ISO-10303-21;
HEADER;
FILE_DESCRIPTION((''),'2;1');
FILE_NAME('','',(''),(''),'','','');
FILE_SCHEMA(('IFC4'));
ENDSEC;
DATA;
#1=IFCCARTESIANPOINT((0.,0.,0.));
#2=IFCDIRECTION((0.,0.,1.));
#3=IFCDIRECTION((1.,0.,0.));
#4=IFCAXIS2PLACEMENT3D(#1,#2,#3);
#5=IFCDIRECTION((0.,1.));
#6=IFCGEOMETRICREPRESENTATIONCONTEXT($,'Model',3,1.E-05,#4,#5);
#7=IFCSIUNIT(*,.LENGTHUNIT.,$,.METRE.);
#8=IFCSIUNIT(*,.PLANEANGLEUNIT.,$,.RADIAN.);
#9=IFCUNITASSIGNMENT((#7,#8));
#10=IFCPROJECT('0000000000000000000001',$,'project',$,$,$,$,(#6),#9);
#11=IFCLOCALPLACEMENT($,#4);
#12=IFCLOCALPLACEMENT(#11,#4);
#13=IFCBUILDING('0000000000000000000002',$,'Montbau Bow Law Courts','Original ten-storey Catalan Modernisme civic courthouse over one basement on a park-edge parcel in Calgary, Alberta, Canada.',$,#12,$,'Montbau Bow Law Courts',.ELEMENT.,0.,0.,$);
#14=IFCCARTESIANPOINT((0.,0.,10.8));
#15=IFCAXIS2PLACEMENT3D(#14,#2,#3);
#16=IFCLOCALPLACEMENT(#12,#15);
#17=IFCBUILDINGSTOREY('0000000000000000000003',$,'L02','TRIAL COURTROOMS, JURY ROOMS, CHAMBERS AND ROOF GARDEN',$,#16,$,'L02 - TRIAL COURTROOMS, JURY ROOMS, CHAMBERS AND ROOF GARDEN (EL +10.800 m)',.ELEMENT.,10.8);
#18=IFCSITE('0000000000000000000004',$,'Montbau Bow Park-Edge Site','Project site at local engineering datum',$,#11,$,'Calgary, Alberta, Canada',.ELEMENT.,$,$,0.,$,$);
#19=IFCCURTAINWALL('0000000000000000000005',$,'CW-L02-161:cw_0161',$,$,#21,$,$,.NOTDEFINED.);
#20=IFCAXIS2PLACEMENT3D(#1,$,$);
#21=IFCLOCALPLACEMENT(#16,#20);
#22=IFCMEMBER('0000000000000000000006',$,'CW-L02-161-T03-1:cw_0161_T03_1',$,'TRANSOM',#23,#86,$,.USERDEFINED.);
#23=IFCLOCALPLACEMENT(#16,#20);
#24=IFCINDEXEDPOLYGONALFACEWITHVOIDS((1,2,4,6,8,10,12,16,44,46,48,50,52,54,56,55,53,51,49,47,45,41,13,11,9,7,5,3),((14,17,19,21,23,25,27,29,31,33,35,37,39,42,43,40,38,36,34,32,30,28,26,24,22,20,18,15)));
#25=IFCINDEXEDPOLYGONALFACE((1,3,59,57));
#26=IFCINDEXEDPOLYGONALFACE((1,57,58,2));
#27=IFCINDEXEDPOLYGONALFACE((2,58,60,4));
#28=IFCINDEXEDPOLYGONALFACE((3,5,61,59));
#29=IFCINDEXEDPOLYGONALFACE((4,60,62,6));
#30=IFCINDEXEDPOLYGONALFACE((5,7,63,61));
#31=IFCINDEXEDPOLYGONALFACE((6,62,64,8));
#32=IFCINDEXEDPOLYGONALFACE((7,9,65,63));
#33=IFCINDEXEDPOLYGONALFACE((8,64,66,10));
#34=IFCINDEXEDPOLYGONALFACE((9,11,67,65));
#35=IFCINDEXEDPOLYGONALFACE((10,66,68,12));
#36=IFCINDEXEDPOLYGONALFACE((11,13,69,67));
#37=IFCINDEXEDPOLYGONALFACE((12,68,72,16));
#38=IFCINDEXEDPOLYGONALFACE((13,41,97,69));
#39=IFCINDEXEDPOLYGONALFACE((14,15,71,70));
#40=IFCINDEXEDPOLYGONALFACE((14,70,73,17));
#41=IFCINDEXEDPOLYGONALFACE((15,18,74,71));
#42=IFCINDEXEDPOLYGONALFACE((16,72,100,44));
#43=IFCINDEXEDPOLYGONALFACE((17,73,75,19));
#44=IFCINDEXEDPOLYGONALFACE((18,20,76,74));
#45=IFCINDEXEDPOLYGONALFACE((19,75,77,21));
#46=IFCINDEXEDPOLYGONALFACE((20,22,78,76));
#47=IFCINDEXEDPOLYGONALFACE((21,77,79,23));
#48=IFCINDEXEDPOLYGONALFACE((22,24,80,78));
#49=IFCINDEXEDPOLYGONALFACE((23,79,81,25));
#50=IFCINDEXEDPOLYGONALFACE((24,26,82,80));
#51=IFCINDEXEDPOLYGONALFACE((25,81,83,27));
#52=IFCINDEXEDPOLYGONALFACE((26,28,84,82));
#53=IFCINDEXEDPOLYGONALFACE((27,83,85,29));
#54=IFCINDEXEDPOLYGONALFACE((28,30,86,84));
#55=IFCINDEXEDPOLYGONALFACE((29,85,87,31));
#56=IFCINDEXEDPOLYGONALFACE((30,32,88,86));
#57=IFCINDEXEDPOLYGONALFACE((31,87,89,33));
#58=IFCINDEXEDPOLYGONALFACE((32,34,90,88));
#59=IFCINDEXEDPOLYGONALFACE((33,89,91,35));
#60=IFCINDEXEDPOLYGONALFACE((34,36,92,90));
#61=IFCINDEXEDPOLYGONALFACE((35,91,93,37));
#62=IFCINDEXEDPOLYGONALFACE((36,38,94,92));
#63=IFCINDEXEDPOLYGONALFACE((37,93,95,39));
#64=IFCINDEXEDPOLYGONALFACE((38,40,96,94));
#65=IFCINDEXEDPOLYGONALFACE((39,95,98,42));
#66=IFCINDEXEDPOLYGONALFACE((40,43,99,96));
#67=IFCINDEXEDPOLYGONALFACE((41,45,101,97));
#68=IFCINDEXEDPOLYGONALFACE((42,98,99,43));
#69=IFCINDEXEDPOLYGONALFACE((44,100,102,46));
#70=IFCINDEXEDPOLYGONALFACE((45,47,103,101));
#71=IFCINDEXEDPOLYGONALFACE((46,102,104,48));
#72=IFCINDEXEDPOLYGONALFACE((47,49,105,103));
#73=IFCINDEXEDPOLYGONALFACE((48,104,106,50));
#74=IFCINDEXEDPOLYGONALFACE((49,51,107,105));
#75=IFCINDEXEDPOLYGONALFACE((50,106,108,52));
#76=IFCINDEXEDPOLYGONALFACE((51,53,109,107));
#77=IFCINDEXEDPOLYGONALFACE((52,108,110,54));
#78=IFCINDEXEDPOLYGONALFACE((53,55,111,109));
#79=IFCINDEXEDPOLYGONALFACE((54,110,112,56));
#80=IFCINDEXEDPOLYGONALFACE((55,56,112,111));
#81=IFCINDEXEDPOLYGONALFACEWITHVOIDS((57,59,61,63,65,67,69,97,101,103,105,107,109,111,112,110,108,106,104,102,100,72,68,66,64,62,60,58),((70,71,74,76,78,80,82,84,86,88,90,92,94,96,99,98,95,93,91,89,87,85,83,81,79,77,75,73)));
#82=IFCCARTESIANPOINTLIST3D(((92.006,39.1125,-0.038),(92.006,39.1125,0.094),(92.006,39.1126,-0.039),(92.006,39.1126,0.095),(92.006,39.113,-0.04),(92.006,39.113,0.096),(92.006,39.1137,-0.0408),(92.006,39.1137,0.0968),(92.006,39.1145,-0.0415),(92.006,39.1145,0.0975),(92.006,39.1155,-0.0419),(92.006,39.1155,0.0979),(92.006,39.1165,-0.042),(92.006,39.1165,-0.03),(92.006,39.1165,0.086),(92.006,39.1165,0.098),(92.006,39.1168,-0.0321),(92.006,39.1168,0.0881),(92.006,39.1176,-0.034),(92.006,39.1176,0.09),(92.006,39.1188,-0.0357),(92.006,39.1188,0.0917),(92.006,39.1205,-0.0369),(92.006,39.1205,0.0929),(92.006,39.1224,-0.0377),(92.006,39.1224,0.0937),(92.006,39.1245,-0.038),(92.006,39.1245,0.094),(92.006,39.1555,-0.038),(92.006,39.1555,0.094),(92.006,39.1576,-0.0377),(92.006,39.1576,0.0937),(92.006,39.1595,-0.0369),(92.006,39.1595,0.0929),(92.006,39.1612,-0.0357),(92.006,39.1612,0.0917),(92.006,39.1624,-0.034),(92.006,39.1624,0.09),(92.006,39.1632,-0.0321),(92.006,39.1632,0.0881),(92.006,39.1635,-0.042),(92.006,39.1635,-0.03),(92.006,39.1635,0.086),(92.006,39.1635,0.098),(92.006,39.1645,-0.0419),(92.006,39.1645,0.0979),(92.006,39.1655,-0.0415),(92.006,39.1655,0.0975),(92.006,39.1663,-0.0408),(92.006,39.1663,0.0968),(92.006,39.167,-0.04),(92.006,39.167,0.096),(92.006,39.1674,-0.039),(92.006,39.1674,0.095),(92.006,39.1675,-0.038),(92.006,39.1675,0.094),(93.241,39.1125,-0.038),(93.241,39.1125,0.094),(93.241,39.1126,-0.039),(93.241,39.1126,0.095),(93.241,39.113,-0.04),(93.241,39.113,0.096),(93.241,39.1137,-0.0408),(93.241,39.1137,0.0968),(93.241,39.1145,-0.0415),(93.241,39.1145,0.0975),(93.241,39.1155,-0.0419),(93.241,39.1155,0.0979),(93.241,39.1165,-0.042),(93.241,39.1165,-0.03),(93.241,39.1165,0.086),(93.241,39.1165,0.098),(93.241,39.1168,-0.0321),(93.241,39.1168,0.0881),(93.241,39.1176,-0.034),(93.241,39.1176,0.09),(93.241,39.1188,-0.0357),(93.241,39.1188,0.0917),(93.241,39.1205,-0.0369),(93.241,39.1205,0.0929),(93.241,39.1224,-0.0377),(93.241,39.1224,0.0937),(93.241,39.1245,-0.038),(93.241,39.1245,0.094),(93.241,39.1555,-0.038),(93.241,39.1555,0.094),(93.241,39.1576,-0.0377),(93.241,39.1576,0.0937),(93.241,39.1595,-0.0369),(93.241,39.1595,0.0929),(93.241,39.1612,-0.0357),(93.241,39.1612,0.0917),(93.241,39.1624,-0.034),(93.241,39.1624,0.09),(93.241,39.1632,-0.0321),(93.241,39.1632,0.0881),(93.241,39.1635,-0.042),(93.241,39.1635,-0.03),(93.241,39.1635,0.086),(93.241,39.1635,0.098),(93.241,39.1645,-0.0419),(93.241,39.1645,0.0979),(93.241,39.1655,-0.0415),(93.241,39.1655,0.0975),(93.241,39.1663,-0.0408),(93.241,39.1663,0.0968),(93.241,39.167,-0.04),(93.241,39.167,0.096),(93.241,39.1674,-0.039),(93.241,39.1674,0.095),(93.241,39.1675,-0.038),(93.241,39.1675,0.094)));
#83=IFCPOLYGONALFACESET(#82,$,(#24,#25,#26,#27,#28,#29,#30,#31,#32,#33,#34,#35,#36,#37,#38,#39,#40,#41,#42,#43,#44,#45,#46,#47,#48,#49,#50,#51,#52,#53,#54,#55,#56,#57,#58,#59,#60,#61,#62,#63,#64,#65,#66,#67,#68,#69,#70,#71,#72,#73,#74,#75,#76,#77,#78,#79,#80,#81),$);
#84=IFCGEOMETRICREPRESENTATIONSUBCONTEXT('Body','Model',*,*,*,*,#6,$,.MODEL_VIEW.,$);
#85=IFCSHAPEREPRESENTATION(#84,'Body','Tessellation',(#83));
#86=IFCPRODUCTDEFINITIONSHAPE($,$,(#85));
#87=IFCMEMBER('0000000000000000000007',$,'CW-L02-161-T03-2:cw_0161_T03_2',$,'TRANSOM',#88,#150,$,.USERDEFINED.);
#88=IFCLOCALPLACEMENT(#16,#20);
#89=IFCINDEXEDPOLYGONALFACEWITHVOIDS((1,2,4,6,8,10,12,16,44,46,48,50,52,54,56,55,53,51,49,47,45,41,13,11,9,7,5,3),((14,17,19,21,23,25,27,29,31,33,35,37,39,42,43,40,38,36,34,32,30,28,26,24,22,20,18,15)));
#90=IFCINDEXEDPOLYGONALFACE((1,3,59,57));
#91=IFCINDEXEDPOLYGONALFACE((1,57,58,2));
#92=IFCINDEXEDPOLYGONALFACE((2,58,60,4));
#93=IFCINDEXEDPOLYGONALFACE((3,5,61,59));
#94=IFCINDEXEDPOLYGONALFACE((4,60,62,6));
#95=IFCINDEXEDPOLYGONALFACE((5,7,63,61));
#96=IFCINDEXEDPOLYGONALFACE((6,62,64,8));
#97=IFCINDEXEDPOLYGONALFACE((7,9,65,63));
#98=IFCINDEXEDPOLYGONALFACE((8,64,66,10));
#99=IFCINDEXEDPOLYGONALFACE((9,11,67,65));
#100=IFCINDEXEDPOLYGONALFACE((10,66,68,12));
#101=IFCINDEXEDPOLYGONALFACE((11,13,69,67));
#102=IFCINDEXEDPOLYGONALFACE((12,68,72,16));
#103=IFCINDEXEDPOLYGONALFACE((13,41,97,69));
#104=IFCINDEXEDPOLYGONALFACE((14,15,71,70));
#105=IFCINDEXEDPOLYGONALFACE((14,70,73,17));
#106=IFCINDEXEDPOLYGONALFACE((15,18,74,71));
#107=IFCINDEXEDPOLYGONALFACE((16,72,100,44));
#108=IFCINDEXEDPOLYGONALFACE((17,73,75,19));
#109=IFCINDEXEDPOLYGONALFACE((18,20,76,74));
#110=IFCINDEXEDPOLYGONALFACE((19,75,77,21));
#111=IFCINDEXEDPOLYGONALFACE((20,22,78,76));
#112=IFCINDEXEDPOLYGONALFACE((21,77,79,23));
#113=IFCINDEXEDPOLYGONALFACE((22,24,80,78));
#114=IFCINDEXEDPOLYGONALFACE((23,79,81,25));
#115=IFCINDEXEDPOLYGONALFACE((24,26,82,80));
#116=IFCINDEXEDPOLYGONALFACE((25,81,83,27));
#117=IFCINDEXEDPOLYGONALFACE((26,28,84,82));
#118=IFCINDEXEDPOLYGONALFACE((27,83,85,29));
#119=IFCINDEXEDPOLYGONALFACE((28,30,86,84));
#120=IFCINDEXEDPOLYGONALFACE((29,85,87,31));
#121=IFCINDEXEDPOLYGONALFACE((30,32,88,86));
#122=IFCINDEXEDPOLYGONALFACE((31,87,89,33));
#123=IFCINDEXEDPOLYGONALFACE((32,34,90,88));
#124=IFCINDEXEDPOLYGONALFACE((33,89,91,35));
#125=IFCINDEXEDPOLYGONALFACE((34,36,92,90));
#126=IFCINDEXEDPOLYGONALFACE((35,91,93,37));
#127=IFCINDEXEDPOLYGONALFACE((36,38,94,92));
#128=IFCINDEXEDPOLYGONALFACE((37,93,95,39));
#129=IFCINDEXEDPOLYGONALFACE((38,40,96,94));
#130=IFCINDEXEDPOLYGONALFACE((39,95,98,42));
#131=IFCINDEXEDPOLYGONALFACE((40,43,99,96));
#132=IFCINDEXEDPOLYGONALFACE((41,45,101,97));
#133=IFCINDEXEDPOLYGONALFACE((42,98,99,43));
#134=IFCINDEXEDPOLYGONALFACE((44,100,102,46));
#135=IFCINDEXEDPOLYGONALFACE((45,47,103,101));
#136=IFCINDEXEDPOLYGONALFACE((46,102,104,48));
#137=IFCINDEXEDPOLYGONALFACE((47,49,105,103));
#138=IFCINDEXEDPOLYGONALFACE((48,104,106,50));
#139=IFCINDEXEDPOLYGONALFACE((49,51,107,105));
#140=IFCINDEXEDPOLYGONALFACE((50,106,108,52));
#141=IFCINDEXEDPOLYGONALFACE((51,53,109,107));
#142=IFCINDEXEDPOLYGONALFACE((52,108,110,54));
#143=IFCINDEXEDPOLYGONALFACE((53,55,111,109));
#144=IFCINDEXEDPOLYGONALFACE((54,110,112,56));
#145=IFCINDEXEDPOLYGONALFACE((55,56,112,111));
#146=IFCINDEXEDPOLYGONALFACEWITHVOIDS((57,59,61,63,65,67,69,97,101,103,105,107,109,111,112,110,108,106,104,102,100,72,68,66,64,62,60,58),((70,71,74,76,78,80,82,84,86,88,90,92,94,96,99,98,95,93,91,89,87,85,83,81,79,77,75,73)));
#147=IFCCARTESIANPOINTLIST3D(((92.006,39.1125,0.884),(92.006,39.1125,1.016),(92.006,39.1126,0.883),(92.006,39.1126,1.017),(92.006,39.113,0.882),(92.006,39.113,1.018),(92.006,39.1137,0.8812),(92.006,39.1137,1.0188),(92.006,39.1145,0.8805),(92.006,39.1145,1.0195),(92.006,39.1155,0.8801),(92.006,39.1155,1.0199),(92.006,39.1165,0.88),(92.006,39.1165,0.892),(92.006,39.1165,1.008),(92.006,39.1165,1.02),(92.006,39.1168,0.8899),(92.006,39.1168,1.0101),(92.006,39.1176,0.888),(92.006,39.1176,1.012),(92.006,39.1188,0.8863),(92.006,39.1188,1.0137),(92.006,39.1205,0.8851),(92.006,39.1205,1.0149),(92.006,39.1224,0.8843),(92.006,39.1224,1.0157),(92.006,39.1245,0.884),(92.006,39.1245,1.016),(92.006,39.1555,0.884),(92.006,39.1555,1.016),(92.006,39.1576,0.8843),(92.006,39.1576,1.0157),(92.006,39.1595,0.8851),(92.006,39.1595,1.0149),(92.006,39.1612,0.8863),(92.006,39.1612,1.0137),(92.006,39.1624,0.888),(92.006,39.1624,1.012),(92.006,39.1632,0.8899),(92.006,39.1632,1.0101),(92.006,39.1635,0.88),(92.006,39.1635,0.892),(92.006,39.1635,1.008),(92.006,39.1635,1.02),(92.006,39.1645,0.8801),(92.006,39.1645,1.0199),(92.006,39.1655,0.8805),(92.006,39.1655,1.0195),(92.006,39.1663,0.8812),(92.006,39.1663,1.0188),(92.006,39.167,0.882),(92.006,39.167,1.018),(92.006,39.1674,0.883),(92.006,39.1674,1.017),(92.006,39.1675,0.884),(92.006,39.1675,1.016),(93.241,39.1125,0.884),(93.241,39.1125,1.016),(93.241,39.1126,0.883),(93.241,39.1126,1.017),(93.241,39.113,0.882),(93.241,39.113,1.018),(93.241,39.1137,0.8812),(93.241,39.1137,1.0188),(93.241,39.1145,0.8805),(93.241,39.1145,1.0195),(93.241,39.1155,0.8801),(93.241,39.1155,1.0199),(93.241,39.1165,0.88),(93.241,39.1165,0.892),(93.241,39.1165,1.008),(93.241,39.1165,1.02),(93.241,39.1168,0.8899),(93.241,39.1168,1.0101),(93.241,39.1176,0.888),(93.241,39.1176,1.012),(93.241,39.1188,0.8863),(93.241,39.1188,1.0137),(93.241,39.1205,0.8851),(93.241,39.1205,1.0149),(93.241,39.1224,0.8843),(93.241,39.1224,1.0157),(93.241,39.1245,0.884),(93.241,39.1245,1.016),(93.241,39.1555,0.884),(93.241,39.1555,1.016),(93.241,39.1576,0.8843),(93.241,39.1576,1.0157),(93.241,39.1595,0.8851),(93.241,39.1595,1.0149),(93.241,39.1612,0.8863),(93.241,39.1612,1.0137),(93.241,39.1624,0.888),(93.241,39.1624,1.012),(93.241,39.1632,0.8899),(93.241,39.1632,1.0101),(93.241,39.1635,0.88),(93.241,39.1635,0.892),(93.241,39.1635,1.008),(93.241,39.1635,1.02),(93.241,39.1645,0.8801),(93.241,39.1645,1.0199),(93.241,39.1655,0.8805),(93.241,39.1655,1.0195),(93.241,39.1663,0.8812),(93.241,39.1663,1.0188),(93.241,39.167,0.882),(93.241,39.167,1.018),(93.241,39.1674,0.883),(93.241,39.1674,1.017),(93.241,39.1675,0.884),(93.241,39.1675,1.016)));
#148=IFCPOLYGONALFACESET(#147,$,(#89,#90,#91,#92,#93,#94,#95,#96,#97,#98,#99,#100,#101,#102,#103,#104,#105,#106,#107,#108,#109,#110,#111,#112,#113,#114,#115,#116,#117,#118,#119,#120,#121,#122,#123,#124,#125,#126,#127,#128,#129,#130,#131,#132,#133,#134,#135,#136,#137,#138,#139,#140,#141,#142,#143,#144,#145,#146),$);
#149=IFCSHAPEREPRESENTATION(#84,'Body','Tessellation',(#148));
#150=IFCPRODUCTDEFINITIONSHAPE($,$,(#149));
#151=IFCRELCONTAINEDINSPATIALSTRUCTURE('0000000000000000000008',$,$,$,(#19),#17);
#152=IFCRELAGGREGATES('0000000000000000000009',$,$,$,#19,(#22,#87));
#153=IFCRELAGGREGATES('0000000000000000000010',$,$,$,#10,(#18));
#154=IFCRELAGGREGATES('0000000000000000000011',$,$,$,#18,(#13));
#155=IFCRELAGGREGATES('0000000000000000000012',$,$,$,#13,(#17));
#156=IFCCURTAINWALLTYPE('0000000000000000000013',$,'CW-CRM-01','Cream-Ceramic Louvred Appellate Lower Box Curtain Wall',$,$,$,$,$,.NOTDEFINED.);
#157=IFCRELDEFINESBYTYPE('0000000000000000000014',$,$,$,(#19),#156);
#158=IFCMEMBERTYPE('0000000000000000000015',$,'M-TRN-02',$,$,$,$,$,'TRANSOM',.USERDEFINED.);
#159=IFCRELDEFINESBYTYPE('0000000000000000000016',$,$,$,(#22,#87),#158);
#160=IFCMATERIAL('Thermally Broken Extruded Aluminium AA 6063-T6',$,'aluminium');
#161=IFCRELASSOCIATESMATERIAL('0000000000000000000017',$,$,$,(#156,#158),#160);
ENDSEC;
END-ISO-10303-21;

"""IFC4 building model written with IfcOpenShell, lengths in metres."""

from ifc_helpers import new_model, si_unit, direction, frame, origin_with_axes, origin_2d_with_axis, place, context, subcontext, project, spatial, hollow_rectangle, extrude, material, material_profile, profile_set, type_object, element, aggregate, save


model = new_model("IFC4")

# Units and contexts
model_context = context("Model", 3, precision=1e-05, world=origin_with_axes(), true_north=direction((0.0, 1.0)))
body_context = subcontext(model_context, "Body", "Model", "MODEL_VIEW")
ifc_project = project(units=[si_unit("LENGTHUNIT", "METRE"), si_unit("PLANEANGLEUNIT", "RADIAN")], contexts=[model_context])

# Site, building, storey
site_placement = place(None, origin_with_axes())
site = spatial("IfcSite", under=ifc_project, at=site_placement, Name="Montbau Bow Park-Edge Site", Description="Project site at local engineering datum", LongName="Calgary, Alberta, Canada", CompositionType="ELEMENT", RefElevation=0.0)
building_placement = place(site_placement, origin_with_axes())
building = spatial("IfcBuilding", under=site, at=building_placement, Name="Montbau Bow Law Courts", Description="Original ten-storey Catalan Modernisme civic courthouse over one basement on a park-edge parcel in Calgary, Alberta, Canada.", LongName="Montbau Bow Law Courts", CompositionType="ELEMENT", ElevationOfRefHeight=0.0, ElevationOfTerrain=0.0)
storey_placement = place(building_placement, frame((0.0, 0.0, 10.8), z_axis=(0.0, 0.0, 1.0), x_axis=(1.0, 0.0, 0.0)))
storey = spatial("IfcBuildingStorey", under=building, at=storey_placement, Name="L02", Description="TRIAL COURTROOMS, JURY ROOMS, CHAMBERS AND ROOF GARDEN", LongName="L02 - TRIAL COURTROOMS, JURY ROOMS, CHAMBERS AND ROOF GARDEN (EL +10.800 m)", CompositionType="ELEMENT", Elevation=10.8)

# Shared definitions
ifc_material_1 = material(Name="Thermally Broken Extruded Aluminium AA 6063-T6", Category="aluminium")
curtain_wall_type = type_object("IfcCurtainWallType", Name="CW-CRM-01", Description="Cream-Ceramic Louvred Appellate Lower Box Curtain Wall", PredefinedType="NOTDEFINED", material=ifc_material_1)

# Curtain wall
curtain_wall_1_placement = place(None, frame((89.315, 39.14, 10.8), z_axis=(0.0, 0.0, 1.0), x_axis=(1.0, 0.0, 0.0)))
curtain_wall_1 = element("IfcCurtainWall", 1, at=curtain_wall_1_placement, inside=storey, type_object=curtain_wall_type, Name="CW-L02-161:cw_0161", PredefinedType="NOTDEFINED")

# Members
ifc_material_profile_1 = material_profile(ifc_material_1, hollow_rectangle(XDim=0.055, YDim=0.14, WallThickness=0.004, InnerFilletRadius=0.008, OuterFilletRadius=0.004, at=origin_2d_with_axis()), Name="CWT-140X55", Category="Main", Priority=0)
ifc_profile_set_1 = profile_set([ifc_material_profile_1], Name="Thermally Broken Extruded Aluminium AA 6063-T6")
member_type_1 = type_object("IfcMemberType", Name="M-TRN-02", ElementType="TRANSOM", PredefinedType="USERDEFINED", material=ifc_profile_set_1)
member_1_placement = place(None, frame((92.006, 39.14, 10.828), z_axis=(1.0, 0.0, 0.0), x_axis=(0.0, 1.0, 0.0)))
member_1 = element("IfcMember", 2, at=member_1_placement, type_object=member_type_1, Name="CW-L02-161-T03-1:cw_0161_T03_1", ObjectType="TRANSOM", PredefinedType="USERDEFINED", context=body_context, shape_type="SweptSolid", body=[
    extrude(hollow_rectangle(XDim=0.055, YDim=0.14, WallThickness=0.004, InnerFilletRadius=0.008, OuterFilletRadius=0.004, at=origin_2d_with_axis()), origin_with_axes(), (0.0, 0.0, 1.0), 1.235),
])
member_2_placement = place(None, frame((92.006, 39.14, 11.75), z_axis=(1.0, 0.0, 0.0), x_axis=(0.0, 1.0, 0.0)))
member_2 = element("IfcMember", 3, at=member_2_placement, type_object=member_type_1, Name="CW-L02-161-T03-2:cw_0161_T03_2", ObjectType="TRANSOM", PredefinedType="USERDEFINED", context=body_context, shape_type="SweptSolid", body=[
    extrude(hollow_rectangle(XDim=0.055, YDim=0.14, WallThickness=0.004, InnerFilletRadius=0.008, OuterFilletRadius=0.004, at=origin_2d_with_axis()), origin_with_axes(), (0.0, 0.0, 1.0), 1.235),
])

aggregate(curtain_wall_1, [member_1, member_2])

save(model, "model.ifc")
